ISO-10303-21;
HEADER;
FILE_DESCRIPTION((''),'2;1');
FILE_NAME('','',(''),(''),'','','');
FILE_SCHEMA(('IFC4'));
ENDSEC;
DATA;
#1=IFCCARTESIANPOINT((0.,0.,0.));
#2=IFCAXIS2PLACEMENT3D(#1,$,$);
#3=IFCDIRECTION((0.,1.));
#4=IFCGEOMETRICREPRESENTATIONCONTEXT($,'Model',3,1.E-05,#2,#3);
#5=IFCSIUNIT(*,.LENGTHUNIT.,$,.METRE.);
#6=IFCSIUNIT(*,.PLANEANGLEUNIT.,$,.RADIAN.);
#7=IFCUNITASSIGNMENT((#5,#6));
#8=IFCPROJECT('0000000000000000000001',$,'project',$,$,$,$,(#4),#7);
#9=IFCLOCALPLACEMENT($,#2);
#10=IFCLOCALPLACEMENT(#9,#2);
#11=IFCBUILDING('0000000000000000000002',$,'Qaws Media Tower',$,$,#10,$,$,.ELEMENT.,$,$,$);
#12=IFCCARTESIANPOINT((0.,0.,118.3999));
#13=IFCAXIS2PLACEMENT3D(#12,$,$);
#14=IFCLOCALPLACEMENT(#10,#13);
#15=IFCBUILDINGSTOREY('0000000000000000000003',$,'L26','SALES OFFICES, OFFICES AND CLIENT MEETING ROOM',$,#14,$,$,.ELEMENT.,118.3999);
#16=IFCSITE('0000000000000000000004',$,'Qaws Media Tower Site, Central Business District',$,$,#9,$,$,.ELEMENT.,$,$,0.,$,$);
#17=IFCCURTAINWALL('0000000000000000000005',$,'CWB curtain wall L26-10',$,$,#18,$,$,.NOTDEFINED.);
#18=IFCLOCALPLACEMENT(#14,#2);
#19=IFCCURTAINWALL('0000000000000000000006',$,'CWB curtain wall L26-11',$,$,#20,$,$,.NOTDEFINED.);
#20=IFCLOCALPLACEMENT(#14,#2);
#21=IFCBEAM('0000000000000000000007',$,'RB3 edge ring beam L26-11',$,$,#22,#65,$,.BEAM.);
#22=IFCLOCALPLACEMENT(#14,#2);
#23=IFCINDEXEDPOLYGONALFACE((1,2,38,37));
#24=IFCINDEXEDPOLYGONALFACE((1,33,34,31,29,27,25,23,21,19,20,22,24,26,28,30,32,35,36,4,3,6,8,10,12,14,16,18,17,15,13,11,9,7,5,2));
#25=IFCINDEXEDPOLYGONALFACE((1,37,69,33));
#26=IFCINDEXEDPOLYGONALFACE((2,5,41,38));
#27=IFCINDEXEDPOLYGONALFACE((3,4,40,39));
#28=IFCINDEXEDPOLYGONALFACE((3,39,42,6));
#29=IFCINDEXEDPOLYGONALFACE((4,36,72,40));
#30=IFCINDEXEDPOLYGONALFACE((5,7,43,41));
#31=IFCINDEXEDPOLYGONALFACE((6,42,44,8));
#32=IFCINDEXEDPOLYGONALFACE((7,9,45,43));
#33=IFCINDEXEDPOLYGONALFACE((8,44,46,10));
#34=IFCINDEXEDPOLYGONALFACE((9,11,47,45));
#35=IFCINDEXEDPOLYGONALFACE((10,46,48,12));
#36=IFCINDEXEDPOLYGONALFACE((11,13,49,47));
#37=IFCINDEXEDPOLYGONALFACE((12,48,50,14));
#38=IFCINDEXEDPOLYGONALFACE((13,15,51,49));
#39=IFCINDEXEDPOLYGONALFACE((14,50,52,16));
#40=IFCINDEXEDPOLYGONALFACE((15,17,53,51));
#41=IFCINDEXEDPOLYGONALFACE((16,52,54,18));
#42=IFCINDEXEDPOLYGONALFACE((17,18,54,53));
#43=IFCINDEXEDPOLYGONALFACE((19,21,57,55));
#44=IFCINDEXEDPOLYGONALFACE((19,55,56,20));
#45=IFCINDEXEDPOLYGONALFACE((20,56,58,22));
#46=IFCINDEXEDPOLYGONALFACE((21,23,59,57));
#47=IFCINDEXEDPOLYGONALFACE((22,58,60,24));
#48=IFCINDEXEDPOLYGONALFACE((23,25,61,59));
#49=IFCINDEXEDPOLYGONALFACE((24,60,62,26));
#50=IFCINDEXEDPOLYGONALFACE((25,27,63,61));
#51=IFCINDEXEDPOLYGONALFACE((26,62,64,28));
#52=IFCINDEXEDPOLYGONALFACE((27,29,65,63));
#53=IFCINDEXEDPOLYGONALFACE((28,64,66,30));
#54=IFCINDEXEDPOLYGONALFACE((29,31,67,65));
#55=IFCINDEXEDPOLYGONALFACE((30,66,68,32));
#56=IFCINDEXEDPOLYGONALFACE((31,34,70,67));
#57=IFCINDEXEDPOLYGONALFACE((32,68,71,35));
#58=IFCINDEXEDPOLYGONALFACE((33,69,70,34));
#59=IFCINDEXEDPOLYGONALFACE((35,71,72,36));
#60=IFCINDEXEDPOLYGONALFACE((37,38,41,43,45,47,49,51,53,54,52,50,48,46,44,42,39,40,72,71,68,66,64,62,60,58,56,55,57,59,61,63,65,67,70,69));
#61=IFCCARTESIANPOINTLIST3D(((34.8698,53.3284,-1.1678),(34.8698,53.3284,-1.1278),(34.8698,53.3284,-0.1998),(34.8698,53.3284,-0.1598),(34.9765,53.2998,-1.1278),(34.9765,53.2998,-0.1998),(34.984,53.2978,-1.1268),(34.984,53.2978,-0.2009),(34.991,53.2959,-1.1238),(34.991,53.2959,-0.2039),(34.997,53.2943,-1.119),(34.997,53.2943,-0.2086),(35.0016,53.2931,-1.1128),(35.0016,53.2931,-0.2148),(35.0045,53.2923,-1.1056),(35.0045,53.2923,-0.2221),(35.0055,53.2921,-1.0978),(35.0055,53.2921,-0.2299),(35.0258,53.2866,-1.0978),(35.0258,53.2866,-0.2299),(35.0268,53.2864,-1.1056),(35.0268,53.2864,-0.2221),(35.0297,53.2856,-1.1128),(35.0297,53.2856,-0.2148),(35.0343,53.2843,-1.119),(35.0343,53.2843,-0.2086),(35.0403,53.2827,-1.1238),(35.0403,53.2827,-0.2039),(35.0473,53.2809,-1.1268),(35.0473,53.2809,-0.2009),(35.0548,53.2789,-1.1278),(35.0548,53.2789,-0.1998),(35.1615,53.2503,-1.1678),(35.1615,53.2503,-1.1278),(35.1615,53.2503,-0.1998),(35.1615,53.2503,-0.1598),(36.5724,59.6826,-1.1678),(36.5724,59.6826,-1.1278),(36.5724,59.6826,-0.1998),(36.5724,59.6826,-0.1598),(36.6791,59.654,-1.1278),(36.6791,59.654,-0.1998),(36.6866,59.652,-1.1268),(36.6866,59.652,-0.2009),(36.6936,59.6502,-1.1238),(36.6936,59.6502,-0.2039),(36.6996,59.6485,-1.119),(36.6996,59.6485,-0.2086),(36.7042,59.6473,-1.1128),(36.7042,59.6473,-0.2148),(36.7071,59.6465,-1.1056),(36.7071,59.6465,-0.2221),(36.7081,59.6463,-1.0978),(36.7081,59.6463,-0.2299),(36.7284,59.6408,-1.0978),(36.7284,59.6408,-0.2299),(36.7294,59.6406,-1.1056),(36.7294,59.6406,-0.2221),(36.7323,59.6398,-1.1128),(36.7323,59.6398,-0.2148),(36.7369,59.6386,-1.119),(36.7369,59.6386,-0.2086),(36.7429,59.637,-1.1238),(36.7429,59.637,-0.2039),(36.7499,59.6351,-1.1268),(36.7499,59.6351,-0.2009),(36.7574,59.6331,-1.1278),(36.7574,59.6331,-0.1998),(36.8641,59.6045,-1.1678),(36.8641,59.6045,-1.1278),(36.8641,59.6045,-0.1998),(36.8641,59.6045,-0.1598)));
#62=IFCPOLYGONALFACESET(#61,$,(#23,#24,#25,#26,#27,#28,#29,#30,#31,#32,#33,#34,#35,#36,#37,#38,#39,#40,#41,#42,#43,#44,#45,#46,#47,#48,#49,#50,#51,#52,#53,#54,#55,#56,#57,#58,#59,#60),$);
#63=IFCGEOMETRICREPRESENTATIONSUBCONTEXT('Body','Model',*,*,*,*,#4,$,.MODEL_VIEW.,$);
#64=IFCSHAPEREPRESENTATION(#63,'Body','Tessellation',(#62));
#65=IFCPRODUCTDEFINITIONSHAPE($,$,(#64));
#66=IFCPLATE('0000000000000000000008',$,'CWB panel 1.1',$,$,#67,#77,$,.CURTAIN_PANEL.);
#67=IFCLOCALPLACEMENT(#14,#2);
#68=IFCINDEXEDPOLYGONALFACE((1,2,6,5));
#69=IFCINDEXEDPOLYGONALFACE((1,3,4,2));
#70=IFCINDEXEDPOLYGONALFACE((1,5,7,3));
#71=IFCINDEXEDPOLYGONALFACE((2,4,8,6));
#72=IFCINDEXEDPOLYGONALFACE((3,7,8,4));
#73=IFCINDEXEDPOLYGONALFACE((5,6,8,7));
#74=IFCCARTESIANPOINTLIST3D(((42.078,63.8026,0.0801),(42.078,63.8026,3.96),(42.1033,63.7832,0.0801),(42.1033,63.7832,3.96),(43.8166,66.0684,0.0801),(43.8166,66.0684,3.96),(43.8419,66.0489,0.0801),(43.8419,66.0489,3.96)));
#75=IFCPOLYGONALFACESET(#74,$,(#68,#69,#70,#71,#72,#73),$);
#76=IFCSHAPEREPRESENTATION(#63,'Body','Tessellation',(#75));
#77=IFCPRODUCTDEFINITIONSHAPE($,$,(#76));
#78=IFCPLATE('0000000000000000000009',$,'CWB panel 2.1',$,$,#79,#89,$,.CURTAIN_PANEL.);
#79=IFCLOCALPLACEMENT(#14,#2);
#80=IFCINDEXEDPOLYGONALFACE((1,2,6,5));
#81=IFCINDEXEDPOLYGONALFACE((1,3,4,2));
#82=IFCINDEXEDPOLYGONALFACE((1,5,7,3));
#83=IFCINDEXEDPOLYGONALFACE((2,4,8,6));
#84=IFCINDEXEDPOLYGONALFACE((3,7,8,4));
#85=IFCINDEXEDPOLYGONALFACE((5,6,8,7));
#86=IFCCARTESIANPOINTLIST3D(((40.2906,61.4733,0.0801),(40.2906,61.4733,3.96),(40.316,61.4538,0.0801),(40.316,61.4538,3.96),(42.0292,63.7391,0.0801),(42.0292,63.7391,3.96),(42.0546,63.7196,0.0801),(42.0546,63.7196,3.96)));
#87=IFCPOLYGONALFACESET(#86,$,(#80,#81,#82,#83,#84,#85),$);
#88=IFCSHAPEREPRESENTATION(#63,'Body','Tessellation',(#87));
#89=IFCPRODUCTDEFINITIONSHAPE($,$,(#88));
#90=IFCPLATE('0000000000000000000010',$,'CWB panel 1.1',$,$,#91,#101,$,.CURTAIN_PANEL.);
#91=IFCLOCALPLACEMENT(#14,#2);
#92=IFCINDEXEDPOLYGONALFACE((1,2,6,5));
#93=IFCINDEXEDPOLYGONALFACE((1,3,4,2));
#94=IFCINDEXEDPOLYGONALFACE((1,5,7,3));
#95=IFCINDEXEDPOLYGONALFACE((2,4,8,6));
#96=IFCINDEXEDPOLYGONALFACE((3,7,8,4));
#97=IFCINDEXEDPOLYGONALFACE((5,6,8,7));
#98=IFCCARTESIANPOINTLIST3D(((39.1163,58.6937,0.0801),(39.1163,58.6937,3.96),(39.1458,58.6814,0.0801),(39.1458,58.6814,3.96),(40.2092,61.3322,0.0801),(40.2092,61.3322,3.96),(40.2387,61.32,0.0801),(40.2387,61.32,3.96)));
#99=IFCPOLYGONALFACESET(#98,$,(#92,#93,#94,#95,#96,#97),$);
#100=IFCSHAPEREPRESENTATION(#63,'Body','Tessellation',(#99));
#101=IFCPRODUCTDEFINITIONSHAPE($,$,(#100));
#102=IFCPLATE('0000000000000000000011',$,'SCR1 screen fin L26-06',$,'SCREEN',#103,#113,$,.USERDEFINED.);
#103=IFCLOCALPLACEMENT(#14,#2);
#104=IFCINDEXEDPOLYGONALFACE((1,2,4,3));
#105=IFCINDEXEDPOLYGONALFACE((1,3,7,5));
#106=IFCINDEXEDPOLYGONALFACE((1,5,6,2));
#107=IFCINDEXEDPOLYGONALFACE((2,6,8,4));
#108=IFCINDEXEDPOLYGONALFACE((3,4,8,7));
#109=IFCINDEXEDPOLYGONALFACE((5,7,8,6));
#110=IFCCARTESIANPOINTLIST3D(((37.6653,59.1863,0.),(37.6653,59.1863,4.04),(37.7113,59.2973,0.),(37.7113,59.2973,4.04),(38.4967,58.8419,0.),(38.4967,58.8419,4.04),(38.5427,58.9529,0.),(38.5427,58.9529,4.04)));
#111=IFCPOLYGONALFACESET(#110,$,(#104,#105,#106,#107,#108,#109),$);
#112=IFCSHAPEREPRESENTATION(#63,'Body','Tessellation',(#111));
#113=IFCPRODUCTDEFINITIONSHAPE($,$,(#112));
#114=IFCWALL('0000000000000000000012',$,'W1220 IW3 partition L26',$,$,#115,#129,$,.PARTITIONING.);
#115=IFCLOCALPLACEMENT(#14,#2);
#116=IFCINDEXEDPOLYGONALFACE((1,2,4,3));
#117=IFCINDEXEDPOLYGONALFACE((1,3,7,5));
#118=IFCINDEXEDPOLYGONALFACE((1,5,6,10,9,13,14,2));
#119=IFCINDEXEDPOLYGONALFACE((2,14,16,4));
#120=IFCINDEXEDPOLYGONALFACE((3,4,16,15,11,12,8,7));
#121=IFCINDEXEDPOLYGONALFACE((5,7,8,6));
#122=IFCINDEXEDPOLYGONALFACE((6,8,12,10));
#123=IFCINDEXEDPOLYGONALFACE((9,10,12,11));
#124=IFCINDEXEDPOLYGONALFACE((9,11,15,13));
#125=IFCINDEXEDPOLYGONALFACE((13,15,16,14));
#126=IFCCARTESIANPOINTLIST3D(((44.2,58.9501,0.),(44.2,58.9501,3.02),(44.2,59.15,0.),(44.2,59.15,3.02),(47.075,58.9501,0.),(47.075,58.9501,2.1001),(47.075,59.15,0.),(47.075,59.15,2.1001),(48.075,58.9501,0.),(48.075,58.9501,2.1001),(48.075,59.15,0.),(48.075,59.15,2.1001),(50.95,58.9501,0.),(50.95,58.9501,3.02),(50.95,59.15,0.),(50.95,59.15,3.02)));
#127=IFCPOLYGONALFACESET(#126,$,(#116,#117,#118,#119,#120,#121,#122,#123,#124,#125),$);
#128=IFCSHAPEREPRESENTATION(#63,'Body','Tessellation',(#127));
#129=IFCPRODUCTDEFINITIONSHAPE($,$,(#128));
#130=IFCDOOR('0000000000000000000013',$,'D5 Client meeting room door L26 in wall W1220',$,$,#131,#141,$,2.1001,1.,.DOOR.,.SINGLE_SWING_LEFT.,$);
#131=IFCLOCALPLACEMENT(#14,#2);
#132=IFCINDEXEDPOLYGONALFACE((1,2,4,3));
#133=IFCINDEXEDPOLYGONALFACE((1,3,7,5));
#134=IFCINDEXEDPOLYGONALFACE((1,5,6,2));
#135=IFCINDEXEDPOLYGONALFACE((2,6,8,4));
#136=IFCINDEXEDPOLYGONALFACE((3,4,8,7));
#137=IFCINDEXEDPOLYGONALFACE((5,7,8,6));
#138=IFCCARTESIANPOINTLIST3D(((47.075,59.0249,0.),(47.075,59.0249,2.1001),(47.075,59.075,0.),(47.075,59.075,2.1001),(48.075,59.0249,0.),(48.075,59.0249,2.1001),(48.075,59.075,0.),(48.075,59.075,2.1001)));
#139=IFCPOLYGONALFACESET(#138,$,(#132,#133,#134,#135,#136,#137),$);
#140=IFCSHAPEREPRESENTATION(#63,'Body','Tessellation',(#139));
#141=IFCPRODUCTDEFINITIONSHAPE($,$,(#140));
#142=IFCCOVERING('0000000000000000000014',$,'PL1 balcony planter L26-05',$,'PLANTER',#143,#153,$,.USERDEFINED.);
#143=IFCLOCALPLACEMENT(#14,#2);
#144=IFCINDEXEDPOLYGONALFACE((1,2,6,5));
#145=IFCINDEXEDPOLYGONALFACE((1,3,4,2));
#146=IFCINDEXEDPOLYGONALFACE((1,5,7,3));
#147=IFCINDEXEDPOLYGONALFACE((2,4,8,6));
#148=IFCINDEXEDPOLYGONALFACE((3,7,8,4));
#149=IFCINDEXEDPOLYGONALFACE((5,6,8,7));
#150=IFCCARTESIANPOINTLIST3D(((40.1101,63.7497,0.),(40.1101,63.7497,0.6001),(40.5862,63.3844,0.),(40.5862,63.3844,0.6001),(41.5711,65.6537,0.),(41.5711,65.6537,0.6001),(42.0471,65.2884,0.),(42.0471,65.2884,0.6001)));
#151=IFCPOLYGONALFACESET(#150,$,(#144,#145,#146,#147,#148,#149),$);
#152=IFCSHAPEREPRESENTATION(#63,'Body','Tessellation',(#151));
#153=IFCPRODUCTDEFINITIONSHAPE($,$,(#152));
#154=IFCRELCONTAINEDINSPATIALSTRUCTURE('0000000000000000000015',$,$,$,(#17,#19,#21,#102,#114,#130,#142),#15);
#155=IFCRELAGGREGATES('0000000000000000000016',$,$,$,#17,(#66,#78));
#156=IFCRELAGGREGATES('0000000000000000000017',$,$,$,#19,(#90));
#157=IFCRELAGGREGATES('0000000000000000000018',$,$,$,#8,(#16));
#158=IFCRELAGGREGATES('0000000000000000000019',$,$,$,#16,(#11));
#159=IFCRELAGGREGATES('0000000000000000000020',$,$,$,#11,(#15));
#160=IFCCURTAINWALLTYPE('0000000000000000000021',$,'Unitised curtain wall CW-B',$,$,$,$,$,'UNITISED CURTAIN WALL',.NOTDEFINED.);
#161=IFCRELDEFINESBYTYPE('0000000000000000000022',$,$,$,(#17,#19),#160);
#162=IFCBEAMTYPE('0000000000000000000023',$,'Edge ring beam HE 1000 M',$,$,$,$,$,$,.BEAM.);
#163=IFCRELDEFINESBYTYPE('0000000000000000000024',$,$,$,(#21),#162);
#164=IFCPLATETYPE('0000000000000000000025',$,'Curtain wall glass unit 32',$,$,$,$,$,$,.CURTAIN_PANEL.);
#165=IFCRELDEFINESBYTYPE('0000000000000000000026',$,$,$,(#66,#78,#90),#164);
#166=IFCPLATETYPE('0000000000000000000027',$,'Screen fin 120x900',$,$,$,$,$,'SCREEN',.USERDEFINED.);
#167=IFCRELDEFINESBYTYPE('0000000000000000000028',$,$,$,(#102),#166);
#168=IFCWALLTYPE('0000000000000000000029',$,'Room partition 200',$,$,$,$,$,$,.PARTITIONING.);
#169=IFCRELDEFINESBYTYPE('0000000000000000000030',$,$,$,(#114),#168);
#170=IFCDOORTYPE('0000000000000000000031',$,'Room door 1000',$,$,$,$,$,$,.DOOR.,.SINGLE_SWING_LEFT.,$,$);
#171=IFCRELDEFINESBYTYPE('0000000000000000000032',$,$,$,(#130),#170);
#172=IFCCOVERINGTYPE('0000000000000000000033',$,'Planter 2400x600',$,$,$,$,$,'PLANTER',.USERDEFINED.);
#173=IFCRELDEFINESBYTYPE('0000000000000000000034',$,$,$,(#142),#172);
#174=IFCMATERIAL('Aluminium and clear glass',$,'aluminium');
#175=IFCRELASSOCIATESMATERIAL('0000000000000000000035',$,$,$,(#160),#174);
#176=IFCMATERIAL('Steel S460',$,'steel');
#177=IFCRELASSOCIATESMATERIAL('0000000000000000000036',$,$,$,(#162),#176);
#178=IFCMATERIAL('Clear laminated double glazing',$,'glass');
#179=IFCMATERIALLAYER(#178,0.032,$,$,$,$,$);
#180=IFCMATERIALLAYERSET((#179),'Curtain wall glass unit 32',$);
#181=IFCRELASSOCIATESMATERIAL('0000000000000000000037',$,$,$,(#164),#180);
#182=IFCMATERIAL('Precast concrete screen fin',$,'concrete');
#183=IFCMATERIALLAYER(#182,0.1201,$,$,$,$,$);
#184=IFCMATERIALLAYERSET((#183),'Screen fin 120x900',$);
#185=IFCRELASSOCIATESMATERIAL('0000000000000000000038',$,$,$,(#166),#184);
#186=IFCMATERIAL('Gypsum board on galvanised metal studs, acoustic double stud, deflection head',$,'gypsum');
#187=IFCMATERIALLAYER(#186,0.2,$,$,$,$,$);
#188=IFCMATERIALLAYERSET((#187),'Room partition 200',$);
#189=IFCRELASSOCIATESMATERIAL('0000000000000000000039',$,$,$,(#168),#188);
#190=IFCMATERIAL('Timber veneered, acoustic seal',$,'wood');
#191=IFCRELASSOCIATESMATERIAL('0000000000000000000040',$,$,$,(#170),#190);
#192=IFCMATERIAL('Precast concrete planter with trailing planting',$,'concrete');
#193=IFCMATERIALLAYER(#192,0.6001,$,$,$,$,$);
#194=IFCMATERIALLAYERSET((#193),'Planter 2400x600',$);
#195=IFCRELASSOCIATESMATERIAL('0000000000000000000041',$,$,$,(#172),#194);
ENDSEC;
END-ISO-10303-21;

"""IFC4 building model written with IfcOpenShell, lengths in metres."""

from ifc_helpers import new_model, si_unit, direction, frame, frame_2d, origin, origin_2d, place, context, subcontext, project, spatial, rectangle, i_section, extrude, material, layer, layer_set, material_profile, profile_set, type_object, element, fill, aggregate, save


model = new_model("IFC4")

# Units and contexts
model_context = context("Model", 3, precision=1e-05, world=origin(), true_north=direction((0.0, 1.0)))
body_context = subcontext(model_context, "Body", "Model", "MODEL_VIEW")
ifc_project = project(units=[si_unit("LENGTHUNIT", "METRE"), si_unit("PLANEANGLEUNIT", "RADIAN")], contexts=[model_context])

# Site, building, storey
site_placement = place(None, origin())
site = spatial("IfcSite", under=ifc_project, at=site_placement, Name="Qaws Media Tower Site, Central Business District", CompositionType="ELEMENT", RefElevation=0.0)
building_placement = place(site_placement, origin())
building = spatial("IfcBuilding", under=site, at=building_placement, Name="Qaws Media Tower", CompositionType="ELEMENT")
storey_placement = place(building_placement, frame((0.0, 0.0, 118.3999)))
storey = spatial("IfcBuildingStorey", under=building, at=storey_placement, Name="L26", Description="SALES OFFICES, OFFICES AND CLIENT MEETING ROOM", CompositionType="ELEMENT", Elevation=118.3999)

# Shared definitions
ifc_material_1 = material(Name="Aluminium and clear glass", Category="aluminium")
curtain_wall_type = type_object("IfcCurtainWallType", Name="Unitised curtain wall CW-B", ElementType="UNITISED CURTAIN WALL", PredefinedType="NOTDEFINED", material=ifc_material_1)

# Curtain walls
curtain_wall_1_placement = place(storey_placement, origin())
curtain_wall_1 = element("IfcCurtainWall", 1, at=curtain_wall_1_placement, inside=storey, type_object=curtain_wall_type, Name="CWB curtain wall L26-10", PredefinedType="NOTDEFINED")
curtain_wall_2_placement = place(storey_placement, origin())
curtain_wall_2 = element("IfcCurtainWall", 2, at=curtain_wall_2_placement, inside=storey, type_object=curtain_wall_type, Name="CWB curtain wall L26-11", PredefinedType="NOTDEFINED")

# Beam
ifc_material_2 = material(Name="Steel S460", Category="steel")
ifc_material_profile_1 = material_profile(ifc_material_2, i_section(OverallWidth=0.302, OverallDepth=1.0081, WebThickness=0.021, FlangeThickness=0.04, FilletRadius=0.03, at=origin_2d()), Name="HE 1000 M")
ifc_profile_set_1 = profile_set([ifc_material_profile_1], Name="Steel S460")
beam_type = type_object("IfcBeamType", Name="Edge ring beam HE 1000 M", PredefinedType="BEAM", material=ifc_profile_set_1)
beam_1_placement = place(storey_placement, frame((36.7183, 59.6436, -0.6638), z_axis=(-0.258822, -0.965925, 0.0), x_axis=(0.965925, -0.258822, 0.0)))
element("IfcBeam", 3, at=beam_1_placement, inside=storey, type_object=beam_type, Name="RB3 edge ring beam L26-11", PredefinedType="BEAM", context=body_context, shape_type="SweptSolid", body=[
    extrude(i_section(OverallWidth=0.302, OverallDepth=1.0081, WebThickness=0.021, FlangeThickness=0.04, FilletRadius=0.03, at=origin_2d()), origin(), (0.0, 0.0, 1.0), 6.5784),
])

# Plates
ifc_material_3 = material(Name="Clear laminated double glazing", Category="glass")
ifc_layer_1 = layer(ifc_material_3, 0.032)
ifc_layer_set_1 = layer_set([ifc_layer_1], Name="Curtain wall glass unit 32")
plate_type_1 = type_object("IfcPlateType", Name="Curtain wall glass unit 32", PredefinedType="CURTAIN_PANEL", material=ifc_layer_set_1)
plate_1_placement = place(storey_placement, frame((42.96, 64.9258, 0.0801), z_axis=(0.0, 0.0, 1.0), x_axis=(-0.608761, -0.793353, 0.0)))
plate_1 = element("IfcPlate", 4, at=plate_1_placement, type_object=plate_type_1, Name="CWB panel 1.1", PredefinedType="CURTAIN_PANEL", context=body_context, shape_type="SweptSolid", body=[
    extrude(rectangle(XDim=2.856, YDim=0.032, at=origin_2d()), origin(), (0.0, 0.0, 1.0), 3.8799),
])
plate_2_placement = place(storey_placement, frame((41.1726, 62.5964, 0.0801), z_axis=(0.0, 0.0, 1.0), x_axis=(-0.608761, -0.793353, 0.0)))
plate_2 = element("IfcPlate", 5, at=plate_2_placement, type_object=plate_type_1, Name="CWB panel 2.1", PredefinedType="CURTAIN_PANEL", context=body_context, shape_type="SweptSolid", body=[
    extrude(rectangle(XDim=2.856, YDim=0.032, at=origin_2d()), origin(), (0.0, 0.0, 1.0), 3.8799),
])
aggregate(curtain_wall_1, [plate_1, plate_2])
plate_3_placement = place(storey_placement, frame((39.6775, 60.0068, 0.0801), z_axis=(0.0, 0.0, 1.0), x_axis=(-0.382683, -0.92388, 0.0)))
plate_3 = element("IfcPlate", 6, at=plate_3_placement, type_object=plate_type_1, Name="CWB panel 1.1", PredefinedType="CURTAIN_PANEL", context=body_context, shape_type="SweptSolid", body=[
    extrude(rectangle(XDim=2.856, YDim=0.032, at=origin_2d()), origin(), (0.0, 0.0, 1.0), 3.8799),
])
aggregate(curtain_wall_2, [plate_3])
ifc_material_4 = material(Name="Precast concrete screen fin", Category="concrete")
ifc_layer_2 = layer(ifc_material_4, 0.1201)
ifc_layer_set_2 = layer_set([ifc_layer_2], Name="Screen fin 120x900")
plate_type_2 = type_object("IfcPlateType", Name="Screen fin 120x900", ElementType="SCREEN", PredefinedType="USERDEFINED", material=ifc_layer_set_2)
plate_4_placement = place(storey_placement, frame((38.104, 59.0696, 0.0), z_axis=(0.0, 0.0, 1.0), x_axis=(-0.92388, 0.382683, 0.0)))
element("IfcPlate", 7, at=plate_4_placement, inside=storey, type_object=plate_type_2, Name="SCR1 screen fin L26-06", ObjectType="SCREEN", PredefinedType="USERDEFINED", context=body_context, shape_type="SweptSolid", body=[
    extrude(rectangle(XDim=0.8999, YDim=0.1201, at=origin_2d()), origin(), (0.0, 0.0, 1.0), 4.04),
])

# Wall, opening, door
ifc_material_5 = material(Name="Gypsum board on galvanised metal studs, acoustic double stud, deflection head", Category="gypsum")
ifc_layer_3 = layer(ifc_material_5, 0.2)
ifc_layer_set_3 = layer_set([ifc_layer_3], Name="Room partition 200")
wall_type = type_object("IfcWallType", Name="Room partition 200", PredefinedType="PARTITIONING", material=ifc_layer_set_3)
wall_placement = place(storey_placement, frame((44.2, 59.05, 0.0), z_axis=(0.0, 0.0, 1.0), x_axis=(1.0, 0.0, 0.0)))
wall = element("IfcWall", 8, at=wall_placement, inside=storey, type_object=wall_type, Name="W1220 IW3 partition L26", PredefinedType="PARTITIONING", context=body_context, shape_type="SweptSolid", body=[
    extrude(rectangle(XDim=6.75, YDim=0.2, at=frame_2d((3.375, 0.0))), origin(), (0.0, 0.0, 1.0), 3.02),
])
opening_placement = place(wall_placement, frame((2.875, 0.0, 0.0)))
opening = element("IfcOpeningElement", 9, at=opening_placement, cuts=wall, PredefinedType="OPENING", context=body_context, shape_type="SweptSolid", body=[
    extrude(rectangle(XDim=1.0, YDim=2.1001, at=frame_2d((0.5, 1.05))), frame((0.0, 0.1099, 0.0), z_axis=(0.0, -1.0, 0.0), x_axis=(1.0, 0.0, 0.0)), (0.0, 0.0, 1.0), 0.22),
])
ifc_material_6 = material(Name="Timber veneered, acoustic seal", Category="wood")
door_type = type_object("IfcDoorType", Name="Room door 1000", OperationType="SINGLE_SWING_LEFT", PredefinedType="DOOR", material=ifc_material_6)
door_placement = place(opening_placement, origin())
door = element("IfcDoor", 10, at=door_placement, inside=storey, type_object=door_type, Name="D5 Client meeting room door L26 in wall W1220", OperationType="SINGLE_SWING_LEFT", OverallHeight=2.1001, OverallWidth=1.0, PredefinedType="DOOR", context=body_context, shape_type="SweptSolid", body=[
    extrude(rectangle(XDim=1.0, YDim=2.1001, at=frame_2d((0.5, 1.05))), frame((0.0, 0.0249, 0.0), z_axis=(0.0, -1.0, 0.0), x_axis=(1.0, 0.0, 0.0)), (0.0, 0.0, 1.0), 0.05),
])
fill(opening, door)

# Covering
ifc_material_7 = material(Name="Precast concrete planter with trailing planting", Category="concrete")
ifc_layer_4 = layer(ifc_material_7, 0.6001)
ifc_layer_set_4 = layer_set([ifc_layer_4], Name="Planter 2400x600")
covering_type = type_object("IfcCoveringType", Name="Planter 2400x600", ElementType="PLANTER", PredefinedType="USERDEFINED", material=ifc_layer_set_4)
covering_placement = place(storey_placement, frame((41.0786, 64.519, 0.0), z_axis=(0.0, 0.0, 1.0), x_axis=(-0.608761, -0.793353, 0.0)))
element("IfcCovering", 11, at=covering_placement, inside=storey, type_object=covering_type, Name="PL1 balcony planter L26-05", ObjectType="PLANTER", PredefinedType="USERDEFINED", context=body_context, shape_type="SweptSolid", body=[
    extrude(rectangle(XDim=2.3999, YDim=0.6001, at=origin_2d()), origin(), (0.0, 0.0, 1.0), 0.6001),
])

save(model, "model.ifc")
